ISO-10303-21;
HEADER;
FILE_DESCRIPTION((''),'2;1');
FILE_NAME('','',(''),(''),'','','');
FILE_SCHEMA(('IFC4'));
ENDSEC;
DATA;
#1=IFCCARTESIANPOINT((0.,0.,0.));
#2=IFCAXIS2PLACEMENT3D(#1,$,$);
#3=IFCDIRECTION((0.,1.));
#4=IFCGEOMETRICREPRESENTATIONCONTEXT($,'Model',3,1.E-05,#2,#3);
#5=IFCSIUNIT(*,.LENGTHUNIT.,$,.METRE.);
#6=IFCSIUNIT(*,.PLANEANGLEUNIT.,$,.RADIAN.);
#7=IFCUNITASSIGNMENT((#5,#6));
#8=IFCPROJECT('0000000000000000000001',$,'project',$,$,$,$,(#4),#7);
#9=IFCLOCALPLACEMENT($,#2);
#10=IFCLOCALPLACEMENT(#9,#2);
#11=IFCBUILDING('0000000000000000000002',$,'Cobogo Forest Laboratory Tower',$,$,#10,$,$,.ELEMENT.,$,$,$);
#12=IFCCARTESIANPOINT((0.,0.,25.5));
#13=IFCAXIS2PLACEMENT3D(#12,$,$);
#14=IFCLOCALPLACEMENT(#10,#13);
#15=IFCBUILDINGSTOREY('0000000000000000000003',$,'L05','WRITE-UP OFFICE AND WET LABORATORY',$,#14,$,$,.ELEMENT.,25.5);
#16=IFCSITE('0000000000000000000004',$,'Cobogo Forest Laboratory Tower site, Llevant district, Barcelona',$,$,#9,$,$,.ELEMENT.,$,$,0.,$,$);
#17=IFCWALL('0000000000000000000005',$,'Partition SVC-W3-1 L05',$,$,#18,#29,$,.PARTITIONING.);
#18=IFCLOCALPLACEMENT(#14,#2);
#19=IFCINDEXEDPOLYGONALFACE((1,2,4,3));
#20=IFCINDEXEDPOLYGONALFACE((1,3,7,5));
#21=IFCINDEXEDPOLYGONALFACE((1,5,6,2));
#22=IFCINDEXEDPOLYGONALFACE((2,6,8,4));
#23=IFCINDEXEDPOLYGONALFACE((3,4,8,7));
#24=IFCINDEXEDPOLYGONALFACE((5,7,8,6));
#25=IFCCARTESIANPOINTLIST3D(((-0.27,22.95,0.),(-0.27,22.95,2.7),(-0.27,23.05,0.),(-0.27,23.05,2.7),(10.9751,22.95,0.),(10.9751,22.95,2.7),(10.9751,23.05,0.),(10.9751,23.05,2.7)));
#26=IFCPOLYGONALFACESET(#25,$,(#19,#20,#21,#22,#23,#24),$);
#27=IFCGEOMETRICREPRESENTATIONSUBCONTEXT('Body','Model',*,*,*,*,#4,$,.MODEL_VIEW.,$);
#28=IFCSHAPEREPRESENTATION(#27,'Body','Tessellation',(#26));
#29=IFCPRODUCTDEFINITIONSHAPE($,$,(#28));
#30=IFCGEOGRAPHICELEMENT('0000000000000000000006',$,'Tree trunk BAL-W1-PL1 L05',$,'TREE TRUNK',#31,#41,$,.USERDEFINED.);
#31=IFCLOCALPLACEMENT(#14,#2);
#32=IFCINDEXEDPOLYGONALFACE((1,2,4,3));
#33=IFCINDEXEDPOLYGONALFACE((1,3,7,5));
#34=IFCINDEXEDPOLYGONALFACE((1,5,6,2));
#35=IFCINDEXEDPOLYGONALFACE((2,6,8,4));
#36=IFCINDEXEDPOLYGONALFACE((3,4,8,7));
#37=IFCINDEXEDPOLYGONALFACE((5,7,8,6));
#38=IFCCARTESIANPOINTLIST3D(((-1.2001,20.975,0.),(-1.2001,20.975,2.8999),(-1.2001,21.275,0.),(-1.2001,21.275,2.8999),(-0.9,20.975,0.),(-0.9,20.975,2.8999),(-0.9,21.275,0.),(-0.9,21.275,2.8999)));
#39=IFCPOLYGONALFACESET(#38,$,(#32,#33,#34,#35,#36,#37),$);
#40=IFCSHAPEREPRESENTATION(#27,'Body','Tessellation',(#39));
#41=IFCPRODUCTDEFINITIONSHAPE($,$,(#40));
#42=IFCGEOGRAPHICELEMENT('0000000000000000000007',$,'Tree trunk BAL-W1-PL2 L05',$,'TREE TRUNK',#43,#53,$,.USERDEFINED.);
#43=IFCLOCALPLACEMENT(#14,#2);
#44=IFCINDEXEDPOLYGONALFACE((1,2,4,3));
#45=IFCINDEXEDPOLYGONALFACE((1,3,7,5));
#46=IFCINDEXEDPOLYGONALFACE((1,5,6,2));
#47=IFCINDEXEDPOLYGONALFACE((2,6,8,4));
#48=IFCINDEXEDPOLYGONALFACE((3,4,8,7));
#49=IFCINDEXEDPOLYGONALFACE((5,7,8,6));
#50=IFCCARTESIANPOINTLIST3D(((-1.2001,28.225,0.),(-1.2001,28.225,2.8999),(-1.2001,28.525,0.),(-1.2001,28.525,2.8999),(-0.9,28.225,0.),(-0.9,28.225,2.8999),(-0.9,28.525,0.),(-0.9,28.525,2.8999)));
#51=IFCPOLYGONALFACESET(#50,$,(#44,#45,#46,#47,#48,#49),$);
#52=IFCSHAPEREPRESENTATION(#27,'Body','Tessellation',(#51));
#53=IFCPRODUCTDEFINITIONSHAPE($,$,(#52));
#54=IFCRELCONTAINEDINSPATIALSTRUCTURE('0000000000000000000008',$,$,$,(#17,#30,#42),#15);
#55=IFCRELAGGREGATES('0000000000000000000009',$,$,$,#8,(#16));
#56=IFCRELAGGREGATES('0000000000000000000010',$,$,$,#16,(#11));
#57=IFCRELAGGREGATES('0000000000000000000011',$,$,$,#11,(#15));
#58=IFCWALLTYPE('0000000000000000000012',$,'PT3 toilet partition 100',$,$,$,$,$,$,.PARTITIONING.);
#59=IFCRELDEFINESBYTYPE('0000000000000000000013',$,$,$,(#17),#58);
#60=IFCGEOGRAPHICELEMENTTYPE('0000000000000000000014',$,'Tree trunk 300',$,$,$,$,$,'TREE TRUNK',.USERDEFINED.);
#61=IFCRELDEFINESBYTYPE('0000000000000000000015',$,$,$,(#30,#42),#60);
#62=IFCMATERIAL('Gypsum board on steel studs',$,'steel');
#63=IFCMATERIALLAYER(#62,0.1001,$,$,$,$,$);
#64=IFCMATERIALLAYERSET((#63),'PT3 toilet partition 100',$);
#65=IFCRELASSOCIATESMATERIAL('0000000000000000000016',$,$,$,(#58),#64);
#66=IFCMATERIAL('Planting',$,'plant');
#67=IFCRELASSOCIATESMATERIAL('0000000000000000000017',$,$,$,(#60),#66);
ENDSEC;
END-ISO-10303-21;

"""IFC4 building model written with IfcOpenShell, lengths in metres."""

from ifc_helpers import new_model, si_unit, direction, frame, frame_2d, origin, origin_2d, place, context, subcontext, project, spatial, rectangle, extrude, material, layer, layer_set, type_object, element, save


model = new_model("IFC4")

# Units and contexts
model_context = context("Model", 3, precision=1e-05, world=origin(), true_north=direction((0.0, 1.0)))
body_context = subcontext(model_context, "Body", "Model", "MODEL_VIEW")
ifc_project = project(units=[si_unit("LENGTHUNIT", "METRE"), si_unit("PLANEANGLEUNIT", "RADIAN")], contexts=[model_context])

# Site, building, storey
site_placement = place(None, origin())
site = spatial("IfcSite", under=ifc_project, at=site_placement, Name="Cobogo Forest Laboratory Tower site, Llevant district, Barcelona", CompositionType="ELEMENT", RefElevation=0.0)
building_placement = place(site_placement, origin())
building = spatial("IfcBuilding", under=site, at=building_placement, Name="Cobogo Forest Laboratory Tower", CompositionType="ELEMENT")
storey_placement = place(building_placement, frame((0.0, 0.0, 25.5)))
storey = spatial("IfcBuildingStorey", under=building, at=storey_placement, Name="L05", Description="WRITE-UP OFFICE AND WET LABORATORY", CompositionType="ELEMENT", Elevation=25.5)

# Wall
ifc_material_1 = material(Name="Gypsum board on steel studs", Category="steel")
ifc_layer_1 = layer(ifc_material_1, 0.1001)
ifc_layer_set_1 = layer_set([ifc_layer_1], Name="PT3 toilet partition 100")
wall_type_1 = type_object("IfcWallType", Name="PT3 toilet partition 100", PredefinedType="PARTITIONING", material=ifc_layer_set_1)
wall_1_placement = place(storey_placement, frame((-0.27, 23.0, 0.0), z_axis=(0.0, 0.0, 1.0), x_axis=(1.0, 0.0, 0.0)))
element("IfcWall", 1, at=wall_1_placement, inside=storey, type_object=wall_type_1, Name="Partition SVC-W3-1 L05", PredefinedType="PARTITIONING", context=body_context, shape_type="SweptSolid", body=[
    extrude(rectangle(XDim=11.2451, YDim=0.1001, at=frame_2d((5.6226, 0.0))), origin(), (0.0, 0.0, 1.0), 2.7),
])

# Geographic elements
ifc_material_2 = material(Name="Planting", Category="plant")
geographic_element_type = type_object("IfcGeographicElementType", Name="Tree trunk 300", ElementType="TREE TRUNK", PredefinedType="USERDEFINED", material=ifc_material_2)
for number, where, z_axis, x_axis, name in (
    (2, (-1.05, 21.125, 0.0), (0.0, 0.0, 1.0), (1.0, 0.0, 0.0), "Tree trunk BAL-W1-PL1 L05"),
    (3, (-1.05, 28.375, 0.0), (0.0, 0.0, 1.0), (1.0, 0.0, 0.0), "Tree trunk BAL-W1-PL2 L05"),
):
    element("IfcGeographicElement", number, at=place(storey_placement, frame(where, z_axis=z_axis, x_axis=x_axis)), inside=storey, type_object=geographic_element_type, Name=name, ObjectType="TREE TRUNK", PredefinedType="USERDEFINED", context=body_context, shape_type="SweptSolid", body=[
        extrude(rectangle(XDim=0.3, YDim=0.3, at=origin_2d()), origin(), (0.0, 0.0, 1.0), 2.8999),
    ])

save(model, "model.ifc")
